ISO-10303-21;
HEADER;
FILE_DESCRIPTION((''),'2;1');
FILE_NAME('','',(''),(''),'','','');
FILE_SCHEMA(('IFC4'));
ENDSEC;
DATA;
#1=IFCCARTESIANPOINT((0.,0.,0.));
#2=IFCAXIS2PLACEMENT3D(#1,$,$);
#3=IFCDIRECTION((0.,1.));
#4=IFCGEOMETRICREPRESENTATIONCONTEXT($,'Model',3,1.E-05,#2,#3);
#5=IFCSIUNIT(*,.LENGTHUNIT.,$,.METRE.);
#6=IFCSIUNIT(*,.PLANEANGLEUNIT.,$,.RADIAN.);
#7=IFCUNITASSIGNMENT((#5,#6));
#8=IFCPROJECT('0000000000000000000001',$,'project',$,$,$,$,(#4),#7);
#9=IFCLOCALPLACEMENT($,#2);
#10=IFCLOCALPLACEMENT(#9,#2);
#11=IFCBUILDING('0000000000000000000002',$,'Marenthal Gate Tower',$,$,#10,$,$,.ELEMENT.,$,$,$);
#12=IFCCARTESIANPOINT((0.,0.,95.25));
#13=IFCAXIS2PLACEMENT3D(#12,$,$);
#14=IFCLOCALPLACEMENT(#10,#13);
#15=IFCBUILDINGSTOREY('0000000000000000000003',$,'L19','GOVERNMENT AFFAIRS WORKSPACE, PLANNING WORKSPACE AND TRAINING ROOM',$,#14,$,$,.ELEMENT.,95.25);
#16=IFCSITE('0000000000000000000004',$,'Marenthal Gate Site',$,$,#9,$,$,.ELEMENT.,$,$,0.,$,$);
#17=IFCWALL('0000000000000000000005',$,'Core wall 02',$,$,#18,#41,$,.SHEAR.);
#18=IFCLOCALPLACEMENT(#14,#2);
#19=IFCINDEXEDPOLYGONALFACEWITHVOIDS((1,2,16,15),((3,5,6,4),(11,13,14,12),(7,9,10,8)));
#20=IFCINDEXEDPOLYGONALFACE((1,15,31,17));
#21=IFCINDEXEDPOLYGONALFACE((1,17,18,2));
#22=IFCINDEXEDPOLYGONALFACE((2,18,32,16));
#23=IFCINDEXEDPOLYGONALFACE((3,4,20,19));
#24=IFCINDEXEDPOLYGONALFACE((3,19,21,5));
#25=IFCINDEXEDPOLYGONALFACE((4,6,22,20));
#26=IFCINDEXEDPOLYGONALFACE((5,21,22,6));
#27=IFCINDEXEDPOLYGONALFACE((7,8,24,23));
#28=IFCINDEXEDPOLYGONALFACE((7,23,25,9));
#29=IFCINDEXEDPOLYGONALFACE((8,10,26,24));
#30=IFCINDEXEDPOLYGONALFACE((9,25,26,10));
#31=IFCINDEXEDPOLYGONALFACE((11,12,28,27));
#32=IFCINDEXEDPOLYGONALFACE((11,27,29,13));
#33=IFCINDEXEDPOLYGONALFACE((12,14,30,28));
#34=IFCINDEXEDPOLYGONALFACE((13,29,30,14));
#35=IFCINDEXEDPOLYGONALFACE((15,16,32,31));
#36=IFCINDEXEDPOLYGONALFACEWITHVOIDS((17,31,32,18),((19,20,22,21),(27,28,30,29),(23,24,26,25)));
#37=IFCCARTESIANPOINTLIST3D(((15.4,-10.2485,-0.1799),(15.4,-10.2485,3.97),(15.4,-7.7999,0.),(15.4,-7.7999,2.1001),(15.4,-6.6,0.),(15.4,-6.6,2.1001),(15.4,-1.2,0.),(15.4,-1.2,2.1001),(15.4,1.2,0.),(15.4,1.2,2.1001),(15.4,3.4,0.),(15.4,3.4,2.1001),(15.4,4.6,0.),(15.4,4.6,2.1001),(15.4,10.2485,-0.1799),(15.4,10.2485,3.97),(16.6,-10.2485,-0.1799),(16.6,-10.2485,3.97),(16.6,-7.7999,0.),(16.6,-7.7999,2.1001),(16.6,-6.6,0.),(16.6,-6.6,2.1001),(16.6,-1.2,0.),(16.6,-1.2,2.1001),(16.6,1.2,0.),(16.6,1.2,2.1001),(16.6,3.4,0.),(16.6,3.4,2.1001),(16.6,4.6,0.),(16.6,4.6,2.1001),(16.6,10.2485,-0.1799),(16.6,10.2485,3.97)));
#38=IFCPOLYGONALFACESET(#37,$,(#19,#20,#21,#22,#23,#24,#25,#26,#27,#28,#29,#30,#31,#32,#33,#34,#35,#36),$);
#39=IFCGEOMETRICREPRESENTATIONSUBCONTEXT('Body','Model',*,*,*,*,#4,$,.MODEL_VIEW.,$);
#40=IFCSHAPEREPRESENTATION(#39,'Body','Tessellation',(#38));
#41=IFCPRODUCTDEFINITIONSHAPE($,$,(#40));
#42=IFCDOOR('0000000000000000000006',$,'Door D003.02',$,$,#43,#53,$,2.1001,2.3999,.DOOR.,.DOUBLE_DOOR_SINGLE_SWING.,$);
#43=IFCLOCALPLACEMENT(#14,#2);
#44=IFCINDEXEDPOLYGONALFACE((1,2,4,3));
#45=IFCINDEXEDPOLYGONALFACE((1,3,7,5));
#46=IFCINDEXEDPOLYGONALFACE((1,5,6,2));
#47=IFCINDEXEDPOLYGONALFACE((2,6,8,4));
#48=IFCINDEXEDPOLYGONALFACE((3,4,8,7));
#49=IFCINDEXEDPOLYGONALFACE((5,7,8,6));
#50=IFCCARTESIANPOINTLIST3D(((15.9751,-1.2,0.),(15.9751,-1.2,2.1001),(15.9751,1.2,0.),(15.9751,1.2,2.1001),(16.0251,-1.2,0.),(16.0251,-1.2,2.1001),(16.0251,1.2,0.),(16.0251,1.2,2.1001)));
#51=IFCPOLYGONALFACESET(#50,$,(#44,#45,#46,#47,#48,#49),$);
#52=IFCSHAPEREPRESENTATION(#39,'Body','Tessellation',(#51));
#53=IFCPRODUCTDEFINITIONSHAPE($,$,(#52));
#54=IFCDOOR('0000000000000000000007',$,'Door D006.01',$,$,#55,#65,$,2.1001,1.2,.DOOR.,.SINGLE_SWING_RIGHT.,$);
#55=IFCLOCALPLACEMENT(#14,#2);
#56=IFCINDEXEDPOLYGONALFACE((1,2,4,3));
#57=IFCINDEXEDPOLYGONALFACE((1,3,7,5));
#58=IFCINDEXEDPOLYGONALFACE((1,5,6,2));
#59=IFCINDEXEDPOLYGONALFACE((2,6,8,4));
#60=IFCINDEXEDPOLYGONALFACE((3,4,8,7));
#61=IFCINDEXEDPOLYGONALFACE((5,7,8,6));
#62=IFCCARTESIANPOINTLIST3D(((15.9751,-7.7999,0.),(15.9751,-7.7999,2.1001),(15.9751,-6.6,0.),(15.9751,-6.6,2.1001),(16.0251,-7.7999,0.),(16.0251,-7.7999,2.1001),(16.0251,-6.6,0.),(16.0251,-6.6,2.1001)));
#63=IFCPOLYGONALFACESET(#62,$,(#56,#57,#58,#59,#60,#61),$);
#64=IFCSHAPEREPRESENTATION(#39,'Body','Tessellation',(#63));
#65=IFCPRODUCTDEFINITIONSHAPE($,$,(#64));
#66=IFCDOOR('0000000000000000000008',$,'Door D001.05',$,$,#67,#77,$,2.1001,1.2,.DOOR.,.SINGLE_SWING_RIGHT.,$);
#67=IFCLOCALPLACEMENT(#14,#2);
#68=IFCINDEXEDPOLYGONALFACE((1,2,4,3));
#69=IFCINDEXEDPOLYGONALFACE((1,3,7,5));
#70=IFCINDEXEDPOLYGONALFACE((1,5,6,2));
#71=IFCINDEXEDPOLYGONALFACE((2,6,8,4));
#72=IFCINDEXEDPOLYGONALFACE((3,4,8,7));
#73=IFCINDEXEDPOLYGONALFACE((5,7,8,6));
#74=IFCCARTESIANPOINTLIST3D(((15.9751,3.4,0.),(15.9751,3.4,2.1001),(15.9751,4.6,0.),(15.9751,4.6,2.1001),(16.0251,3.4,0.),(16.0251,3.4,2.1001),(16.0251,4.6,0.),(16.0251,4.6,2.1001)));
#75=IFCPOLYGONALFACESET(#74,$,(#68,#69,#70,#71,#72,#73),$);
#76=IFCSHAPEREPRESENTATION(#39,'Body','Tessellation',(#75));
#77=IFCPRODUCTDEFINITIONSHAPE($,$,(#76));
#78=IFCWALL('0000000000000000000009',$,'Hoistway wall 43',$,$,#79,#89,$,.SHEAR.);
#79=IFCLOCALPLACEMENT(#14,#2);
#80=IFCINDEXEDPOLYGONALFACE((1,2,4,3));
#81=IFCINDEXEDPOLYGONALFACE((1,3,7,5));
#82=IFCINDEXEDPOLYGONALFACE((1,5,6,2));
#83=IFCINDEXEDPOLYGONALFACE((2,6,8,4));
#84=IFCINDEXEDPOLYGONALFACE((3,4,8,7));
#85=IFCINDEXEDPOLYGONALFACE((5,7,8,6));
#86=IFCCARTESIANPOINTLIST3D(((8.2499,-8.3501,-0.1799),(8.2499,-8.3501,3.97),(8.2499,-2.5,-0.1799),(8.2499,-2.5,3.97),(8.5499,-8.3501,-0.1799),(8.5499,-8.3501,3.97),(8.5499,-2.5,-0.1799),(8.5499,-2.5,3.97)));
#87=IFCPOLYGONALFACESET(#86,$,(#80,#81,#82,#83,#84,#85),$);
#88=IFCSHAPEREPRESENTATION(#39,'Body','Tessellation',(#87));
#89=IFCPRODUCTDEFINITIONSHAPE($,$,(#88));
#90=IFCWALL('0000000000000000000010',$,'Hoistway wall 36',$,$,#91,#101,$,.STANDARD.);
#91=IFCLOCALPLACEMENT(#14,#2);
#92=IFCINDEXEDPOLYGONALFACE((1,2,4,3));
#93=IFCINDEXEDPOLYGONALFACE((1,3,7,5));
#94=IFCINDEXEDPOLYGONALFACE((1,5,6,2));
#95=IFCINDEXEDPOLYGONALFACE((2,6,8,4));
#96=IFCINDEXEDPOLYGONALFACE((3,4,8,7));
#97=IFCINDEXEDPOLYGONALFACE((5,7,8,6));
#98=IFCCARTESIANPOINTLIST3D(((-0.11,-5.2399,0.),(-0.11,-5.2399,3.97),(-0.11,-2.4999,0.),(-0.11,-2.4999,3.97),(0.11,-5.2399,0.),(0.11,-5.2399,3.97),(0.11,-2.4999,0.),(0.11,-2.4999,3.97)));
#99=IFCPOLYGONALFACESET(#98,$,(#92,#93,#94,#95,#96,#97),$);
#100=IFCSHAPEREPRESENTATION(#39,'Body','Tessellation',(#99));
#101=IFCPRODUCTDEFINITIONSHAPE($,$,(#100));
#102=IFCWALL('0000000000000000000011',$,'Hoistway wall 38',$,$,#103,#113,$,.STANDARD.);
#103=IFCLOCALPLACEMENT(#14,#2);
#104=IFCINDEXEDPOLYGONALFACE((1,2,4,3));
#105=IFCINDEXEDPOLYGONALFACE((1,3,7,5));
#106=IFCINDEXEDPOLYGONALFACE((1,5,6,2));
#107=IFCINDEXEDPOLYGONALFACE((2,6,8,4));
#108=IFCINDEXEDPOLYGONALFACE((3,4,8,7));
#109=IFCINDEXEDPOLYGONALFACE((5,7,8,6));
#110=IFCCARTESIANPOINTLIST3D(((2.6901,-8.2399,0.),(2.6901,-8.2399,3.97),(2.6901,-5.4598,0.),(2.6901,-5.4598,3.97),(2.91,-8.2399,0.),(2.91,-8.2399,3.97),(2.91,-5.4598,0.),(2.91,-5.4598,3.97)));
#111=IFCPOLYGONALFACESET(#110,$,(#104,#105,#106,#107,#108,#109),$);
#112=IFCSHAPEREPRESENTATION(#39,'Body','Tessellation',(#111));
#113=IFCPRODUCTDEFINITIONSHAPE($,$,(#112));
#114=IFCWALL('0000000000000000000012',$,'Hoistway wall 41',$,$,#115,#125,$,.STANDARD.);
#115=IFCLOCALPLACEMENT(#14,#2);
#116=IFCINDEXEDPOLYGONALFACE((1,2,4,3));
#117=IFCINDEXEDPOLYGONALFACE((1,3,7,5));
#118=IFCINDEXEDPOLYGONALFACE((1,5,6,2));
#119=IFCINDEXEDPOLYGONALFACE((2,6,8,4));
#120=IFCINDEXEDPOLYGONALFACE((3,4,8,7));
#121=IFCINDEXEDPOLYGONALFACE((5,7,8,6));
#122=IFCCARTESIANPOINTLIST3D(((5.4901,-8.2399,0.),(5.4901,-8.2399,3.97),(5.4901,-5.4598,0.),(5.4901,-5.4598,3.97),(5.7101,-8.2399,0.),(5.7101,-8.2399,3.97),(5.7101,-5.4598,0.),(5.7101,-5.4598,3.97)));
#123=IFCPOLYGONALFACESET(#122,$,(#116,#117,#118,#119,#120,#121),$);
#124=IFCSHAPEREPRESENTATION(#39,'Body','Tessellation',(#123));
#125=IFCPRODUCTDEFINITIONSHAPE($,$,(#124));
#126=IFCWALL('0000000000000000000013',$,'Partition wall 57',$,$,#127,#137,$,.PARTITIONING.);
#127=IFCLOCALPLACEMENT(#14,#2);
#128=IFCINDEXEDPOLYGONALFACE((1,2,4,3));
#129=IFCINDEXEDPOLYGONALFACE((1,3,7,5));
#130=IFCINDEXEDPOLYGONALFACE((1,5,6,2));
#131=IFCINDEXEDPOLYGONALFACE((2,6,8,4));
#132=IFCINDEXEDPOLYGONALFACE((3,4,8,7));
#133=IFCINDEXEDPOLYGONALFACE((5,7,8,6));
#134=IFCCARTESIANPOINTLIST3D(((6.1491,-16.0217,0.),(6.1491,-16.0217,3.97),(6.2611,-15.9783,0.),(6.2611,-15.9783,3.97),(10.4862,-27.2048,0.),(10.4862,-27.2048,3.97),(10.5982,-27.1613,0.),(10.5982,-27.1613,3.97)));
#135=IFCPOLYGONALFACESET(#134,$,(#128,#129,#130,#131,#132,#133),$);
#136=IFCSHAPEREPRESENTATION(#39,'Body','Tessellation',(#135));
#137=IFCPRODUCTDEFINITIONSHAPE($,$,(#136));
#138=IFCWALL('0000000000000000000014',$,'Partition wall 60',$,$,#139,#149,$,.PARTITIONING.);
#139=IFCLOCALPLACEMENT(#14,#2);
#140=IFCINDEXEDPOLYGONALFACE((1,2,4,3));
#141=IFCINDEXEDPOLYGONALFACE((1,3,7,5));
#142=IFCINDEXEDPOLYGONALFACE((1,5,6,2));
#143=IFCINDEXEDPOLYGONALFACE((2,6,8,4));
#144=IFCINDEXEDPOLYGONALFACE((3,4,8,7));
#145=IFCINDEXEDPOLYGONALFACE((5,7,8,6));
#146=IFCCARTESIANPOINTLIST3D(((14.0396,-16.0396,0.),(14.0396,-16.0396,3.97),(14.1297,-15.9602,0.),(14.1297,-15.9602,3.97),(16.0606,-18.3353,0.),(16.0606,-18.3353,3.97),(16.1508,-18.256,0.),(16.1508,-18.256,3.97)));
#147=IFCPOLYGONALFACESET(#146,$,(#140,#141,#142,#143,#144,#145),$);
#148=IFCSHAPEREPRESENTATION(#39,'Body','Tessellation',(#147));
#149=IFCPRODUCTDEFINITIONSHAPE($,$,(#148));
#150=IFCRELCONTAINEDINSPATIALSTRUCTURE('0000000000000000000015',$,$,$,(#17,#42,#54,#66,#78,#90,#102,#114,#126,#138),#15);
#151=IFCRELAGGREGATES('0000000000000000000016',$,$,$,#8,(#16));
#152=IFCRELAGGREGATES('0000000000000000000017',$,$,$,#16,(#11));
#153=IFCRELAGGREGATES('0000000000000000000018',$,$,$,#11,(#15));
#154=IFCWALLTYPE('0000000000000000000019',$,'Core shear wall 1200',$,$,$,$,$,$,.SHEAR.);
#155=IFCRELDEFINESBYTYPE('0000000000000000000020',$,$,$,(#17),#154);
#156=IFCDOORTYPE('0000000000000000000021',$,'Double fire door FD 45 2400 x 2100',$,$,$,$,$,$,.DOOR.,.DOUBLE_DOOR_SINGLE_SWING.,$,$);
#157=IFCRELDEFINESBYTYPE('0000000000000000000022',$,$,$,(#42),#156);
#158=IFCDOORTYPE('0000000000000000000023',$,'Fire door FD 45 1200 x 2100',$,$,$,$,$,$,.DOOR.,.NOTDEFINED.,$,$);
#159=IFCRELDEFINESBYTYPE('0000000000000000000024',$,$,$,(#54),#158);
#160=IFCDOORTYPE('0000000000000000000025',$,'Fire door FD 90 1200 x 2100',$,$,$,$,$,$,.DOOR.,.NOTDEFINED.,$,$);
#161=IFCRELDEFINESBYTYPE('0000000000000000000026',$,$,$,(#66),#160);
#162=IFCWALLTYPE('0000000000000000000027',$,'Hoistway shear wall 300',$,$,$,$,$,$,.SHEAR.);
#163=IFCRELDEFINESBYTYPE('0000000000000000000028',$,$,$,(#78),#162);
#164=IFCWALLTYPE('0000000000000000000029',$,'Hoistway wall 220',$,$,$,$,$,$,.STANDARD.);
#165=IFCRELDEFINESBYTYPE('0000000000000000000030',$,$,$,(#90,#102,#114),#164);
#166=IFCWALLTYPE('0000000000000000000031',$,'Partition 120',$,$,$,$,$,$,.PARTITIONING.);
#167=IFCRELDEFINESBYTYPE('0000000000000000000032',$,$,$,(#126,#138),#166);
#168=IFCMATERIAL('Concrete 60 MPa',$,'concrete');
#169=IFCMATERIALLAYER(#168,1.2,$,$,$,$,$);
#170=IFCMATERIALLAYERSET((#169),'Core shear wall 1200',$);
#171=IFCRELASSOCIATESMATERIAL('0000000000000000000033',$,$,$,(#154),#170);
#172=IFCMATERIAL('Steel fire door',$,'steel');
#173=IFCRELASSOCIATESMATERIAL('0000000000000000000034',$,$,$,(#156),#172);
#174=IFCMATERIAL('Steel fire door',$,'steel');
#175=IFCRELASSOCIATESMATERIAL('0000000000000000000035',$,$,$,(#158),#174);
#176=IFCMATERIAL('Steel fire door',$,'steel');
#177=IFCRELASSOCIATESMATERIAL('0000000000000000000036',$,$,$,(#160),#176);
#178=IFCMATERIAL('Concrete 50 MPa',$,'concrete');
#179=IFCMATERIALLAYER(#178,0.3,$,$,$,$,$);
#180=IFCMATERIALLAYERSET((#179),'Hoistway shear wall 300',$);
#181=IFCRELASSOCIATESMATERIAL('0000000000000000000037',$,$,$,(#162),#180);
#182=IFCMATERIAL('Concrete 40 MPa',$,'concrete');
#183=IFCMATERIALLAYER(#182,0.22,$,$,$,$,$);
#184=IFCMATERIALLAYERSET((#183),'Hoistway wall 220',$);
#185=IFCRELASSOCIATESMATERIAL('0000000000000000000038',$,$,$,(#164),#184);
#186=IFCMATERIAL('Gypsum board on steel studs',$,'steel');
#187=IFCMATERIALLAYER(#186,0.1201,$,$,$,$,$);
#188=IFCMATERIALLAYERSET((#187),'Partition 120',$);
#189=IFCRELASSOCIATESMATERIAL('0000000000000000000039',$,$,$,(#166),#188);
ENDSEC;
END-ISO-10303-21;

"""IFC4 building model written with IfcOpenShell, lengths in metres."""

from ifc_helpers import new_model, si_unit, direction, frame, frame_2d, origin, place, context, subcontext, project, spatial, rectangle, extrude, material, layer, layer_set, type_object, element, fill, save


model = new_model("IFC4")

# Units and contexts
model_context = context("Model", 3, precision=1e-05, world=origin(), true_north=direction((0.0, 1.0)))
body_context = subcontext(model_context, "Body", "Model", "MODEL_VIEW")
ifc_project = project(units=[si_unit("LENGTHUNIT", "METRE"), si_unit("PLANEANGLEUNIT", "RADIAN")], contexts=[model_context])

# Site, building, storey
site_placement = place(None, origin())
site = spatial("IfcSite", under=ifc_project, at=site_placement, Name="Marenthal Gate Site", CompositionType="ELEMENT", RefElevation=0.0)
building_placement = place(site_placement, origin())
building = spatial("IfcBuilding", under=site, at=building_placement, Name="Marenthal Gate Tower", CompositionType="ELEMENT")
storey_placement = place(building_placement, frame((0.0, 0.0, 95.25)))
storey = spatial("IfcBuildingStorey", under=building, at=storey_placement, Name="L19", Description="GOVERNMENT AFFAIRS WORKSPACE, PLANNING WORKSPACE AND TRAINING ROOM", CompositionType="ELEMENT", Elevation=95.25)

# Shared definitions
ifc_material_1 = material(Name="Concrete 60 MPa", Category="concrete")
ifc_layer_1 = layer(ifc_material_1, 1.2)
ifc_layer_set_1 = layer_set([ifc_layer_1], Name="Core shear wall 1200")
wall_type_1 = type_object("IfcWallType", Name="Core shear wall 1200", PredefinedType="SHEAR", material=ifc_layer_set_1)

# Wall, openings, doors
wall_1_placement = place(storey_placement, frame((16.0, -10.2485, -0.1799), z_axis=(0.0, 0.0, 1.0), x_axis=(0.0, 1.0, 0.0)))
wall_1 = element("IfcWall", 1, at=wall_1_placement, inside=storey, type_object=wall_type_1, Name="Core wall 02", PredefinedType="SHEAR", context=body_context, shape_type="SweptSolid", body=[
    extrude(rectangle(XDim=20.4971, YDim=1.2, at=frame_2d((10.2485, 0.0))), origin(), (0.0, 0.0, 1.0), 4.1499),
])
opening_1_placement = place(wall_1_placement, frame((9.0486, 0.0, 0.1799)))
opening_1 = element("IfcOpeningElement", 2, at=opening_1_placement, cuts=wall_1, PredefinedType="OPENING", context=body_context, shape_type="SweptSolid", body=[
    extrude(rectangle(XDim=2.3999, YDim=2.1001, at=frame_2d((1.2, 1.05))), frame((0.0, 0.6099, 0.0), z_axis=(0.0, -1.0, 0.0), x_axis=(1.0, 0.0, 0.0)), (0.0, 0.0, 1.0), 1.22),
])
opening_2_placement = place(wall_1_placement, frame((13.6484, 0.0, 0.1799)))
opening_2 = element("IfcOpeningElement", 3, at=opening_2_placement, cuts=wall_1, PredefinedType="OPENING", context=body_context, shape_type="SweptSolid", body=[
    extrude(rectangle(XDim=1.2, YDim=2.1001, at=frame_2d((0.6001, 1.05))), frame((0.0, 0.6099, 0.0), z_axis=(0.0, -1.0, 0.0), x_axis=(1.0, 0.0, 0.0)), (0.0, 0.0, 1.0), 1.22),
])
opening_3_placement = place(wall_1_placement, frame((2.4485, 0.0, 0.1799)))
opening_3 = element("IfcOpeningElement", 4, at=opening_3_placement, cuts=wall_1, PredefinedType="OPENING", context=body_context, shape_type="SweptSolid", body=[
    extrude(rectangle(XDim=1.2, YDim=2.1001, at=frame_2d((0.6001, 1.05))), frame((0.0, 0.6099, 0.0), z_axis=(0.0, -1.0, 0.0), x_axis=(1.0, 0.0, 0.0)), (0.0, 0.0, 1.0), 1.22),
])
ifc_material_2 = material(Name="Steel fire door", Category="steel")
door_type_1 = type_object("IfcDoorType", Name="Double fire door FD 45 2400 x 2100", OperationType="DOUBLE_DOOR_SINGLE_SWING", PredefinedType="DOOR", material=ifc_material_2)
door_1_placement = place(opening_1_placement, origin())
door_1 = element("IfcDoor", 5, at=door_1_placement, inside=storey, type_object=door_type_1, Name="Door D003.02", OperationType="DOUBLE_DOOR_SINGLE_SWING", OverallHeight=2.1001, OverallWidth=2.3999, PredefinedType="DOOR", context=body_context, shape_type="SweptSolid", body=[
    extrude(rectangle(XDim=2.3999, YDim=2.1001, at=frame_2d((1.2, 1.05))), frame((0.0, 0.0249, 0.0), z_axis=(0.0, -1.0, 0.0), x_axis=(1.0, 0.0, 0.0)), (0.0, 0.0, 1.0), 0.05),
])
fill(opening_1, door_1)
ifc_material_3 = material(Name="Steel fire door", Category="steel")
door_type_2 = type_object("IfcDoorType", Name="Fire door FD 45 1200 x 2100", OperationType="NOTDEFINED", PredefinedType="DOOR", material=ifc_material_3)
door_2_placement = place(opening_3_placement, origin())
door_2 = element("IfcDoor", 6, at=door_2_placement, inside=storey, type_object=door_type_2, Name="Door D006.01", OperationType="SINGLE_SWING_RIGHT", OverallHeight=2.1001, OverallWidth=1.2, PredefinedType="DOOR", context=body_context, shape_type="SweptSolid", body=[
    extrude(rectangle(XDim=1.2, YDim=2.1001, at=frame_2d((0.6001, 1.05))), frame((0.0, 0.0249, 0.0), z_axis=(0.0, -1.0, 0.0), x_axis=(1.0, 0.0, 0.0)), (0.0, 0.0, 1.0), 0.05),
])
fill(opening_3, door_2)
ifc_material_4 = material(Name="Steel fire door", Category="steel")
door_type_3 = type_object("IfcDoorType", Name="Fire door FD 90 1200 x 2100", OperationType="NOTDEFINED", PredefinedType="DOOR", material=ifc_material_4)
door_3_placement = place(opening_2_placement, origin())
door_3 = element("IfcDoor", 7, at=door_3_placement, inside=storey, type_object=door_type_3, Name="Door D001.05", OperationType="SINGLE_SWING_RIGHT", OverallHeight=2.1001, OverallWidth=1.2, PredefinedType="DOOR", context=body_context, shape_type="SweptSolid", body=[
    extrude(rectangle(XDim=1.2, YDim=2.1001, at=frame_2d((0.6001, 1.05))), frame((0.0, 0.0249, 0.0), z_axis=(0.0, -1.0, 0.0), x_axis=(1.0, 0.0, 0.0)), (0.0, 0.0, 1.0), 0.05),
])
fill(opening_2, door_3)

# Walls
ifc_material_5 = material(Name="Concrete 50 MPa", Category="concrete")
ifc_layer_2 = layer(ifc_material_5, 0.3)
ifc_layer_set_2 = layer_set([ifc_layer_2], Name="Hoistway shear wall 300")
wall_type_2 = type_object("IfcWallType", Name="Hoistway shear wall 300", PredefinedType="SHEAR", material=ifc_layer_set_2)
wall_2_placement = place(storey_placement, frame((8.3999, -8.3501, -0.1799), z_axis=(0.0, 0.0, 1.0), x_axis=(0.0, 1.0, 0.0)))
element("IfcWall", 8, at=wall_2_placement, inside=storey, type_object=wall_type_2, Name="Hoistway wall 43", PredefinedType="SHEAR", context=body_context, shape_type="SweptSolid", body=[
    extrude(rectangle(XDim=5.8501, YDim=0.3, at=frame_2d((2.925, 0.0))), origin(), (0.0, 0.0, 1.0), 4.1499),
])
ifc_material_6 = material(Name="Concrete 40 MPa", Category="concrete")
ifc_layer_3 = layer(ifc_material_6, 0.22)
ifc_layer_set_3 = layer_set([ifc_layer_3], Name="Hoistway wall 220")
wall_type_3 = type_object("IfcWallType", Name="Hoistway wall 220", PredefinedType="STANDARD", material=ifc_layer_set_3)
wall_3_placement = place(storey_placement, frame((0.0, -5.24, 0.0), z_axis=(0.0, 0.0, 1.0), x_axis=(0.0, 1.0, 0.0)))
element("IfcWall", 9, at=wall_3_placement, inside=storey, type_object=wall_type_3, Name="Hoistway wall 36", PredefinedType="STANDARD", context=body_context, shape_type="SweptSolid", body=[
    extrude(rectangle(XDim=2.74, YDim=0.22, at=frame_2d((1.3701, 0.0))), origin(), (0.0, 0.0, 1.0), 3.97),
])
for number, where, z_axis, x_axis, name in (
    (10, (2.8, -8.24, 0.0), (0.0, 0.0, 1.0), (0.0, 1.0, 0.0), "Hoistway wall 38"),
    (11, (5.6001, -8.24, 0.0), (0.0, 0.0, 1.0), (0.0, 1.0, 0.0), "Hoistway wall 41"),
):
    element("IfcWall", number, at=place(storey_placement, frame(where, z_axis=z_axis, x_axis=x_axis)), inside=storey, type_object=wall_type_3, Name=name, PredefinedType="STANDARD", context=body_context, shape_type="SweptSolid", body=[
        extrude(rectangle(XDim=2.78, YDim=0.22, at=frame_2d((1.3901, 0.0))), origin(), (0.0, 0.0, 1.0), 3.97),
    ])
ifc_material_7 = material(Name="Gypsum board on steel studs", Category="steel")
ifc_layer_4 = layer(ifc_material_7, 0.1201)
ifc_layer_set_4 = layer_set([ifc_layer_4], Name="Partition 120")
wall_type_4 = type_object("IfcWallType", Name="Partition 120", PredefinedType="PARTITIONING", material=ifc_layer_set_4)
wall_4_placement = place(storey_placement, frame((6.2051, -16.0, 0.0), z_axis=(0.0, 0.0, 1.0), x_axis=(0.36159, -0.932337, 0.0)))
element("IfcWall", 12, at=wall_4_placement, inside=storey, type_object=wall_type_4, Name="Partition wall 57", PredefinedType="PARTITIONING", context=body_context, shape_type="SweptSolid", body=[
    extrude(rectangle(XDim=11.9946, YDim=0.1201, at=frame_2d((5.9973, 0.0))), origin(), (0.0, 0.0, 1.0), 3.97),
])
wall_5_placement = place(storey_placement, frame((16.1057, -18.2957, 0.0), z_axis=(0.0, 0.0, 1.0), x_axis=(-0.660779, 0.75058, 0.0)))
element("IfcWall", 13, at=wall_5_placement, inside=storey, type_object=wall_type_4, Name="Partition wall 60", PredefinedType="PARTITIONING", context=body_context, shape_type="SweptSolid", body=[
    extrude(rectangle(XDim=3.0586, YDim=0.1201, at=frame_2d((1.5293, 0.0))), origin(), (0.0, 0.0, 1.0), 3.97),
])

save(model, "model.ifc")
